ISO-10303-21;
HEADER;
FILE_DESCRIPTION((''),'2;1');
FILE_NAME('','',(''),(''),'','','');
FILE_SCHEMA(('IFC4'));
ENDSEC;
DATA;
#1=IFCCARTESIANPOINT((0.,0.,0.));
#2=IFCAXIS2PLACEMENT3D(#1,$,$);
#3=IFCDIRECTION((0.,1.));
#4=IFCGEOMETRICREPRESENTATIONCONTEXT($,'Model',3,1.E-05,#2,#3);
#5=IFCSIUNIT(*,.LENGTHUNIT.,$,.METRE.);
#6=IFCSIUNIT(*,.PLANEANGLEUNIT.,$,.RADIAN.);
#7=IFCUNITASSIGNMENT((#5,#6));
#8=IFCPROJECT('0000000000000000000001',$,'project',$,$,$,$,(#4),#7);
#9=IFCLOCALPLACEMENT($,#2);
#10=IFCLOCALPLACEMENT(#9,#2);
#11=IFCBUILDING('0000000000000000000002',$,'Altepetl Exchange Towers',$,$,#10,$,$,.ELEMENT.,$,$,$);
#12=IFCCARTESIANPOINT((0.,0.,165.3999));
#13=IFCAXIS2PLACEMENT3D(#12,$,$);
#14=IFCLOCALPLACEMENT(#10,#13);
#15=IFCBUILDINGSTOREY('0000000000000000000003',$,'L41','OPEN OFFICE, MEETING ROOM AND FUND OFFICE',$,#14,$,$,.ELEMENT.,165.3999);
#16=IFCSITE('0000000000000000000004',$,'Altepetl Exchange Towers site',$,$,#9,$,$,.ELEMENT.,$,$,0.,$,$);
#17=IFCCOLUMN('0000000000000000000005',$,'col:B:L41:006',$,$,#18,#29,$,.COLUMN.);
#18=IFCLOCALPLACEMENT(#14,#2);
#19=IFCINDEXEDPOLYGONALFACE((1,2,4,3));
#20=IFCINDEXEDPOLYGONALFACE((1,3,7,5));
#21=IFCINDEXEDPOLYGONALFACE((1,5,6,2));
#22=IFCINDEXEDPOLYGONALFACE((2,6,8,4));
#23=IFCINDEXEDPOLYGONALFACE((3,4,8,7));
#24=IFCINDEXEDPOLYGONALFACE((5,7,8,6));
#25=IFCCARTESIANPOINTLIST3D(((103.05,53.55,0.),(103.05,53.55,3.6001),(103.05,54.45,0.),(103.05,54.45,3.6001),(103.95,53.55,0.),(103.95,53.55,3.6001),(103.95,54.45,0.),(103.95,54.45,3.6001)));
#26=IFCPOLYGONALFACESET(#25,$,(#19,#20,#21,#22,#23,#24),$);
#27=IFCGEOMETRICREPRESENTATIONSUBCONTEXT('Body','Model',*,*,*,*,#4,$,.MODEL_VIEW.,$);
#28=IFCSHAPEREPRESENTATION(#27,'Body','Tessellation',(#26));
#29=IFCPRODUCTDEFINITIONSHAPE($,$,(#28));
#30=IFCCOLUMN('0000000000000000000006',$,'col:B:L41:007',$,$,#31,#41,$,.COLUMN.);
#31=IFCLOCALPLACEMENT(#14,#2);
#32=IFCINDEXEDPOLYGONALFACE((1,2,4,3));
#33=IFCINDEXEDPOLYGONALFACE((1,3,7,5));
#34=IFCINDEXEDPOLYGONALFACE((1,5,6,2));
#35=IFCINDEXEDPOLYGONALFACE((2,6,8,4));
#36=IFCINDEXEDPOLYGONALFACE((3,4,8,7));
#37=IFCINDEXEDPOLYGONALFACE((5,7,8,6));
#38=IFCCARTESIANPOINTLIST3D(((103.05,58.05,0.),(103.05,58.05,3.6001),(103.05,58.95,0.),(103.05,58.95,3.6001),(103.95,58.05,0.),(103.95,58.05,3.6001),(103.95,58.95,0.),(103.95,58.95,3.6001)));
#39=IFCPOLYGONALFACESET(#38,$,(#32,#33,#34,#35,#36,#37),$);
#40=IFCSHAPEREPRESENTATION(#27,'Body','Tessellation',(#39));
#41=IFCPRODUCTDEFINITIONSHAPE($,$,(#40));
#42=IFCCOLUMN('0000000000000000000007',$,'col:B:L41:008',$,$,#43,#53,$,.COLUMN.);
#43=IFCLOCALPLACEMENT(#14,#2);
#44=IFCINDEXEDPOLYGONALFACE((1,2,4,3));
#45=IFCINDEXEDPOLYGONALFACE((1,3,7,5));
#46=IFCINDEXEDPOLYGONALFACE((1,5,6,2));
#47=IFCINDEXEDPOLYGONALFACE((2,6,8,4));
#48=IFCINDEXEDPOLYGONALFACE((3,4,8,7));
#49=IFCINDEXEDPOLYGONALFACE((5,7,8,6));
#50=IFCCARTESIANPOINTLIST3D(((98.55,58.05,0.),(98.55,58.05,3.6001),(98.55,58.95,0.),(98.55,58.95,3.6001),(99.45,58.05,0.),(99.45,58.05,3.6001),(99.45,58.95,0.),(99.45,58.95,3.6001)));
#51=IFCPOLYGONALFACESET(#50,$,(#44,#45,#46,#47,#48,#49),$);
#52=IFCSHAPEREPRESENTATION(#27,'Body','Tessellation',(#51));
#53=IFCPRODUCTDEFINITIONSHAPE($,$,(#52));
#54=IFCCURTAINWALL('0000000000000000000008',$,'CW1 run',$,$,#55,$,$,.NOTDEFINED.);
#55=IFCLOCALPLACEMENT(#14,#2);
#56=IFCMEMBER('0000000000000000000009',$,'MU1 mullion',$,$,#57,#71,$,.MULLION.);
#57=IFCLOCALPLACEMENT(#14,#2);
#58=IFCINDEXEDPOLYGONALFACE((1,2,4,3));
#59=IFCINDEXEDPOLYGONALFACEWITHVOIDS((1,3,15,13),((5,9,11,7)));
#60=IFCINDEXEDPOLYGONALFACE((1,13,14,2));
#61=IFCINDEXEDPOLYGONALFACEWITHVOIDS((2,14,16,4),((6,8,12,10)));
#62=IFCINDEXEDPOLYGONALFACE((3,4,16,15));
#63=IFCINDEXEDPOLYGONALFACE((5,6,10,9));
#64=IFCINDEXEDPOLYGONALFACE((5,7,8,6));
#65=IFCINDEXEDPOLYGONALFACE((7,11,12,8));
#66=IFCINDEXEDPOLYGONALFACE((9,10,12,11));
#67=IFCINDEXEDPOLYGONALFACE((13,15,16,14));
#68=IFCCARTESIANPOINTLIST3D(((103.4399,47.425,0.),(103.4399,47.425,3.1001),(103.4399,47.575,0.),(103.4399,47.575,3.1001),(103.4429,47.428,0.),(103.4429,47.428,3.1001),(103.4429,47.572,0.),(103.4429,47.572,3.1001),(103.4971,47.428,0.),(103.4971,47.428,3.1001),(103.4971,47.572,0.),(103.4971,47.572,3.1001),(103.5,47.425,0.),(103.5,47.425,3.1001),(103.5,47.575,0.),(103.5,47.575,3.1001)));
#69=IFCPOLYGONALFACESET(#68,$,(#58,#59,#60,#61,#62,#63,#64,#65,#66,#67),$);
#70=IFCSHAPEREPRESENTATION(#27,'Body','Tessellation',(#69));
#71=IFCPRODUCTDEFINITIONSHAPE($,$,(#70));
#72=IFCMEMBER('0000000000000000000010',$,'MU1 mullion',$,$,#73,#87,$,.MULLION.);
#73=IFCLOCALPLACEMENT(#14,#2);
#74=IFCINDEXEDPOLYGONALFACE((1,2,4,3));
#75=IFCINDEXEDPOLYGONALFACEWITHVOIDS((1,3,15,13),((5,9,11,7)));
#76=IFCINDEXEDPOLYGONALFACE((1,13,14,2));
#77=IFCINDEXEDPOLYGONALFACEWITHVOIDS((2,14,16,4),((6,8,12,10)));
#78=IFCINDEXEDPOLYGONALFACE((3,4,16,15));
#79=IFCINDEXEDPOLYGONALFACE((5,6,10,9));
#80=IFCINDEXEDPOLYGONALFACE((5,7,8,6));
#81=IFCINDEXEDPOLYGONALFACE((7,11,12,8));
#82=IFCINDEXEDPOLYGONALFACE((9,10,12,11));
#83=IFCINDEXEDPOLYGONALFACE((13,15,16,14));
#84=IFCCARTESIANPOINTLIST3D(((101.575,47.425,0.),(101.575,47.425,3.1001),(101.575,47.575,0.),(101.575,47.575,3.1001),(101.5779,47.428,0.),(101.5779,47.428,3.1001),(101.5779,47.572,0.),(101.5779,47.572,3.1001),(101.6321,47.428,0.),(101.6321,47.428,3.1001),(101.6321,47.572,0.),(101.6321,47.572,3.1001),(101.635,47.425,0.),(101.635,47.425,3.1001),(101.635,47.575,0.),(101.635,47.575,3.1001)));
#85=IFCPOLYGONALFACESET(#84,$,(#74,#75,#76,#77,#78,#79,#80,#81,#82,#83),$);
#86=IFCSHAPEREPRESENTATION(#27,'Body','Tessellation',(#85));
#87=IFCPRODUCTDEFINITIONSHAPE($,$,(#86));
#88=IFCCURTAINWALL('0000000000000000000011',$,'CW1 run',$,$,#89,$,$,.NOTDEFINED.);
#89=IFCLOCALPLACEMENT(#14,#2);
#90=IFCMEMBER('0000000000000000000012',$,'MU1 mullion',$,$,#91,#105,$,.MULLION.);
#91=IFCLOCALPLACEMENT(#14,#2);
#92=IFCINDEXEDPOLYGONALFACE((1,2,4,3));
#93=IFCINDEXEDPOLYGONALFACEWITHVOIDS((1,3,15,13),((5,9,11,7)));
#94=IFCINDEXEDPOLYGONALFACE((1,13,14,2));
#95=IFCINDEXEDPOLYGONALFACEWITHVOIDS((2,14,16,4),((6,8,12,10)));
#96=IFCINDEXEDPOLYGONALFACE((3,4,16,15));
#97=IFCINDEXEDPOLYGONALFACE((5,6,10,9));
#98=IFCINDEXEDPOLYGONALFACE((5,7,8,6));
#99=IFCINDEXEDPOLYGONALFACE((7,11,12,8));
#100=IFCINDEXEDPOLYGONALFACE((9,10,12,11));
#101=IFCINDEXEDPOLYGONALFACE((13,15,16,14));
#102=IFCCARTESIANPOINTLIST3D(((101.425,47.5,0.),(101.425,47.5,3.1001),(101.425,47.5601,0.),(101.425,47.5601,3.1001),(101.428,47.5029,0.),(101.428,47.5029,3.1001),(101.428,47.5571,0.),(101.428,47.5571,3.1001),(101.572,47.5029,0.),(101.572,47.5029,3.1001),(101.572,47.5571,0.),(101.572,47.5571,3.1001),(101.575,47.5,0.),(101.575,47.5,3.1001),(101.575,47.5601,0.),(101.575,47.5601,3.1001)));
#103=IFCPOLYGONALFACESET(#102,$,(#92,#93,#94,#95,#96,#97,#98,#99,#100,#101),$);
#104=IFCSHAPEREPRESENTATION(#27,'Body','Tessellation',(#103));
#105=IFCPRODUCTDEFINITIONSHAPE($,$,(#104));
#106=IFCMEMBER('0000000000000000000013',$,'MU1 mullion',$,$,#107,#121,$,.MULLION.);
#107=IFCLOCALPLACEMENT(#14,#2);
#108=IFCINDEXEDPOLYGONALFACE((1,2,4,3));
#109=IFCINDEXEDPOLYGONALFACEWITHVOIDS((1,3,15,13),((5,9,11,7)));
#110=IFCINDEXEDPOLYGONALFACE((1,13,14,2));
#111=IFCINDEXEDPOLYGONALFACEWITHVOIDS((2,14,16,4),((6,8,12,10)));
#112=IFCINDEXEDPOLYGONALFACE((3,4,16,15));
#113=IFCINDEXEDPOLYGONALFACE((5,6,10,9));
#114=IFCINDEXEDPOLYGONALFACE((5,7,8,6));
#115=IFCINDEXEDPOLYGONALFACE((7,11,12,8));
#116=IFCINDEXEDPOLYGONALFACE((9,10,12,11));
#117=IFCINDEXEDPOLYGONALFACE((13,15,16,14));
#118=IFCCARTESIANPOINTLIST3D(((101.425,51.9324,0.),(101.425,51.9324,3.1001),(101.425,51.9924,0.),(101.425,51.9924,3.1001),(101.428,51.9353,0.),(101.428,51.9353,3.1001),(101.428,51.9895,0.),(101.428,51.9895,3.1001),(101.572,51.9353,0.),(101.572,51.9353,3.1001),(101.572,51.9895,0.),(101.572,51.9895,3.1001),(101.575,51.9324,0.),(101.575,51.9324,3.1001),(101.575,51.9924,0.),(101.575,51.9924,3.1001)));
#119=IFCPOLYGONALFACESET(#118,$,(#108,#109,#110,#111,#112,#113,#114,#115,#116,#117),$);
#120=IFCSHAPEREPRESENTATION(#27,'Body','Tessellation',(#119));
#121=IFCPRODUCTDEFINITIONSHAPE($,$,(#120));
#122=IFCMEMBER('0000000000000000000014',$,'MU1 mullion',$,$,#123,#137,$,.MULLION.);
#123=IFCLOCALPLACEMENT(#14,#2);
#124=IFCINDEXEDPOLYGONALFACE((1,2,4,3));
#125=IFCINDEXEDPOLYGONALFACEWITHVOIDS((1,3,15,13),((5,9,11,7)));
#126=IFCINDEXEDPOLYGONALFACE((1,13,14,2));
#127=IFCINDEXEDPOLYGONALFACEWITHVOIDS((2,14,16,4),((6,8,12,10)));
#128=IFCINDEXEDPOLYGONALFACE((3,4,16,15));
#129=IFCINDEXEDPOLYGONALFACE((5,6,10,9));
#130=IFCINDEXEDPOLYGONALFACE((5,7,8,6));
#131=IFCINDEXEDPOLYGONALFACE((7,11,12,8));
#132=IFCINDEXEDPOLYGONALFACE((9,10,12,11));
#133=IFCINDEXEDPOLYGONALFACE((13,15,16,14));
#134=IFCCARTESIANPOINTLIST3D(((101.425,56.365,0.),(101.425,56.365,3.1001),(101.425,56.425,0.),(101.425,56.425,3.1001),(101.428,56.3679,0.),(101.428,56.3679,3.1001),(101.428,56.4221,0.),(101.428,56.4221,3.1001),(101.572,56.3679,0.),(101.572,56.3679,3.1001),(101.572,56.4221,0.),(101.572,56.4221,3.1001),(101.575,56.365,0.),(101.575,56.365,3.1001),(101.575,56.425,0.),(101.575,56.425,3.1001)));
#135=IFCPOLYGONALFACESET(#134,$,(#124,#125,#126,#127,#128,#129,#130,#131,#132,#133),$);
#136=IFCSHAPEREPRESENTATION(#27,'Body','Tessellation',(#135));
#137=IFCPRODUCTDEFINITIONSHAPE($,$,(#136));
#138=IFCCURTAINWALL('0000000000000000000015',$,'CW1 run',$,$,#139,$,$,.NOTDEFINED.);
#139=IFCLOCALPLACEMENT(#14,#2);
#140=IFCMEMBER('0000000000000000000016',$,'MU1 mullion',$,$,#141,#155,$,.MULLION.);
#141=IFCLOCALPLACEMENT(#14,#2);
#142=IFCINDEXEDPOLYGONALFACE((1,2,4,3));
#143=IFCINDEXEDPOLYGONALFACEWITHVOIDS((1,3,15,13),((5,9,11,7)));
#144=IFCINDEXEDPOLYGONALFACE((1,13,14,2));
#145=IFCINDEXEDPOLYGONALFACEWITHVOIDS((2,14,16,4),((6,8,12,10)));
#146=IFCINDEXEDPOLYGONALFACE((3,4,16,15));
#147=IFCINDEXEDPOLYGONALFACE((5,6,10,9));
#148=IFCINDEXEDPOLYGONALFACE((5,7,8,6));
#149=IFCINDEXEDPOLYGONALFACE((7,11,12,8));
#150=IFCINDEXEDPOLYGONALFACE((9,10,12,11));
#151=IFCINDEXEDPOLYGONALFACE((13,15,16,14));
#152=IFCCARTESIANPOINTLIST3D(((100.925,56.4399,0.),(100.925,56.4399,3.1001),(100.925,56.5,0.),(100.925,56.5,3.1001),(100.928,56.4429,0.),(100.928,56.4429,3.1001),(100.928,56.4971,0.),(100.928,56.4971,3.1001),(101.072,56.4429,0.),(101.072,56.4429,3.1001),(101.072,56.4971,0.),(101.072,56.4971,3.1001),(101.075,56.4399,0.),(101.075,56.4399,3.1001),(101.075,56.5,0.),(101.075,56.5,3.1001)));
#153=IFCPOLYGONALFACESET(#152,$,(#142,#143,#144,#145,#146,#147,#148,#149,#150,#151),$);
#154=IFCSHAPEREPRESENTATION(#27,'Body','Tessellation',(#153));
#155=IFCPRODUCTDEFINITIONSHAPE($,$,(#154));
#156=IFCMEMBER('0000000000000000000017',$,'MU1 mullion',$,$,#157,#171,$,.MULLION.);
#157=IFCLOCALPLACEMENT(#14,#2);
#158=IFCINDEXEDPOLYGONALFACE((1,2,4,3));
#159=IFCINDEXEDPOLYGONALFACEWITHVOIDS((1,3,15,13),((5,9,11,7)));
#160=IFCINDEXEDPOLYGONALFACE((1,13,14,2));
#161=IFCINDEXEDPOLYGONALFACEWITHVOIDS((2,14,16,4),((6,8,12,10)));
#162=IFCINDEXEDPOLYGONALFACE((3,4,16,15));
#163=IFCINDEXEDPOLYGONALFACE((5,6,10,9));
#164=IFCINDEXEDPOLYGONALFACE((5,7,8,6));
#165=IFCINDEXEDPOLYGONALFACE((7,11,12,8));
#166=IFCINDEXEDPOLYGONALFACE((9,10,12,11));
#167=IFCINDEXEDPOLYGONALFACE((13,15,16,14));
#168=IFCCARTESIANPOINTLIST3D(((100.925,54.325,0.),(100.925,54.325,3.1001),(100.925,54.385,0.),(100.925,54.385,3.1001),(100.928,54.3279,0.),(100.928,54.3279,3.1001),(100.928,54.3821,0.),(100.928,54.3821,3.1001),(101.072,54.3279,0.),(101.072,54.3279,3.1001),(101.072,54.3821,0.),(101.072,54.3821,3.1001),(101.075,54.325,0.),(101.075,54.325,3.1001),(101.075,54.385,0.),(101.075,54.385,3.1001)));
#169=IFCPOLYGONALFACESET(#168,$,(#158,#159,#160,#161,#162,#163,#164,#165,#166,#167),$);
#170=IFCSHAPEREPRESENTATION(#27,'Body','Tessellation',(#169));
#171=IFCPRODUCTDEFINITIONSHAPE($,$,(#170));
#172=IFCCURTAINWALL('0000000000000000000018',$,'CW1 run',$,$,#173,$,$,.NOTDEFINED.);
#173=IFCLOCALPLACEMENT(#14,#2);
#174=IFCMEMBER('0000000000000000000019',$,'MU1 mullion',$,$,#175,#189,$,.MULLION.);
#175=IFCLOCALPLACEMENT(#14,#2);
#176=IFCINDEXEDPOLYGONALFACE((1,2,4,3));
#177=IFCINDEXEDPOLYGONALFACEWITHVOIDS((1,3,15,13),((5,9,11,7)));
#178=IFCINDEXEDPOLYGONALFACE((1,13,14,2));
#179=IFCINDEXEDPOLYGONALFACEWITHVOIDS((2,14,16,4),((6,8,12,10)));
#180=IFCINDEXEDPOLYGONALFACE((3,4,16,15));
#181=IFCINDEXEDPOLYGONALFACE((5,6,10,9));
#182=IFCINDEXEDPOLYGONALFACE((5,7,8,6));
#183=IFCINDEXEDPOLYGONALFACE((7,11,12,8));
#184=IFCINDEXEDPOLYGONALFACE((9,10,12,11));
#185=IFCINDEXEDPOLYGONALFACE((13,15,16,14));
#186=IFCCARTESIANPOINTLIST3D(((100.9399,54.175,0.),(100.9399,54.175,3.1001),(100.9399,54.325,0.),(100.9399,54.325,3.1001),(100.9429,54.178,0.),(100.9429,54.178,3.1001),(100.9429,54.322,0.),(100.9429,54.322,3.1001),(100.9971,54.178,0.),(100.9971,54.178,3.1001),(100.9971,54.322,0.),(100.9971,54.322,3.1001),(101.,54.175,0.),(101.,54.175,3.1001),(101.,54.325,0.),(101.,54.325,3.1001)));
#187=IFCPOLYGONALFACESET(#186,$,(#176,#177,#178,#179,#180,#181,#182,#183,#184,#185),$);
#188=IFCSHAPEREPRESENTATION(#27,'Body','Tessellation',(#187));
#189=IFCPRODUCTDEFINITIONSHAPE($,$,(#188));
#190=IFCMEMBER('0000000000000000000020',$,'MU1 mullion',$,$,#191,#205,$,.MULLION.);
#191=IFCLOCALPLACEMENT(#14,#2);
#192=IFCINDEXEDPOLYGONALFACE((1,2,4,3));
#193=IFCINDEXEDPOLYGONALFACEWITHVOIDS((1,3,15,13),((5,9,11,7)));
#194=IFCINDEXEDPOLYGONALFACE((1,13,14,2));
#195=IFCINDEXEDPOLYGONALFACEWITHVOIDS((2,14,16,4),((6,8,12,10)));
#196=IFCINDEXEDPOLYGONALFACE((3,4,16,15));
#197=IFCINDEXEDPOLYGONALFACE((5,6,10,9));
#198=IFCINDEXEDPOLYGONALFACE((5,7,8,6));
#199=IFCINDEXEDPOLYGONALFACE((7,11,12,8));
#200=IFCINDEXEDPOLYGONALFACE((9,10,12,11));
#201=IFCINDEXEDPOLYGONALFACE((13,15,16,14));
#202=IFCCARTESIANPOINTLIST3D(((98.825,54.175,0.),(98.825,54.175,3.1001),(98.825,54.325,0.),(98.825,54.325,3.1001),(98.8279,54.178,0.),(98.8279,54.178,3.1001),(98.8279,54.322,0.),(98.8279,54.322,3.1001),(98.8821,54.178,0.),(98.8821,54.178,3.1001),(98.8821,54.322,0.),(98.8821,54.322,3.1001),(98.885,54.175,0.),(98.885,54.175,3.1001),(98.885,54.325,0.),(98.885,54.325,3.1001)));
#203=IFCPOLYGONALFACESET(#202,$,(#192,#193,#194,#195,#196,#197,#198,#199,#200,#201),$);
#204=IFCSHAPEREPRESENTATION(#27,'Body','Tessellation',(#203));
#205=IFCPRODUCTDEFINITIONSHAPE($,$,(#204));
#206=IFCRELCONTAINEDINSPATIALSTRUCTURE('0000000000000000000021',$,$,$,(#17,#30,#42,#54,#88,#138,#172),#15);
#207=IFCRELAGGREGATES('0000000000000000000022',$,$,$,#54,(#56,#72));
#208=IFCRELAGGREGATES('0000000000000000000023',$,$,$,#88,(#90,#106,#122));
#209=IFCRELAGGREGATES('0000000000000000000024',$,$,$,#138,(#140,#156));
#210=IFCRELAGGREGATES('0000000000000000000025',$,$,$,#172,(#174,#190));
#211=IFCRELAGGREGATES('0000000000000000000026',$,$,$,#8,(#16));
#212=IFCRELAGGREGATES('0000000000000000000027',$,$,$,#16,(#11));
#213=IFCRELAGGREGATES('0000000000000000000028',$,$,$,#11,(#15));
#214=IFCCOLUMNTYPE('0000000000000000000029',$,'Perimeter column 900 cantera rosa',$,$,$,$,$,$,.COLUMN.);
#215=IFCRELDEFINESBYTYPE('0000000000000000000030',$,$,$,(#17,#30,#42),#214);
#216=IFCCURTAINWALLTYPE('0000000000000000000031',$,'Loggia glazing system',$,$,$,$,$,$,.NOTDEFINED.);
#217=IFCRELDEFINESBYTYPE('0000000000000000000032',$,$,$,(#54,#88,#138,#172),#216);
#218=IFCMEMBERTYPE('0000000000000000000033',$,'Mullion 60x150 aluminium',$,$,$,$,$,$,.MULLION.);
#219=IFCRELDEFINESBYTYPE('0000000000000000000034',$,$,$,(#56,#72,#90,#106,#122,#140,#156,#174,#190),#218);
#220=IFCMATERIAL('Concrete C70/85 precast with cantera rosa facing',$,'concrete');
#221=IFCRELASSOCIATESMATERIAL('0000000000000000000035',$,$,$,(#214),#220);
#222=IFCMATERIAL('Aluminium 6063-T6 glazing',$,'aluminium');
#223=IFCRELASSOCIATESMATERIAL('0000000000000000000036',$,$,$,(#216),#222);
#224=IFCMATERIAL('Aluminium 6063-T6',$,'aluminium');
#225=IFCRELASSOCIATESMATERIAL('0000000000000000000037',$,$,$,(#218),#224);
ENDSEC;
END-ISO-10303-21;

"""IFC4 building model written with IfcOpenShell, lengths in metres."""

from ifc_helpers import new_model, si_unit, direction, frame, origin, origin_2d, place, context, subcontext, project, spatial, rectangle, hollow_rectangle, extrude, material, material_profile, profile_set, type_object, element, aggregate, save


model = new_model("IFC4")

# Units and contexts
model_context = context("Model", 3, precision=1e-05, world=origin(), true_north=direction((0.0, 1.0)))
body_context = subcontext(model_context, "Body", "Model", "MODEL_VIEW")
ifc_project = project(units=[si_unit("LENGTHUNIT", "METRE"), si_unit("PLANEANGLEUNIT", "RADIAN")], contexts=[model_context])

# Site, building, storey
site_placement = place(None, origin())
site = spatial("IfcSite", under=ifc_project, at=site_placement, Name="Altepetl Exchange Towers site", CompositionType="ELEMENT", RefElevation=0.0)
building_placement = place(site_placement, origin())
building = spatial("IfcBuilding", under=site, at=building_placement, Name="Altepetl Exchange Towers", CompositionType="ELEMENT")
storey_placement = place(building_placement, frame((0.0, 0.0, 165.3999)))
storey = spatial("IfcBuildingStorey", under=building, at=storey_placement, Name="L41", Description="OPEN OFFICE, MEETING ROOM AND FUND OFFICE", CompositionType="ELEMENT", Elevation=165.3999)

# Columns
ifc_material_1 = material(Name="Concrete C70/85 precast with cantera rosa facing", Category="concrete")
ifc_material_profile_1 = material_profile(ifc_material_1, rectangle(XDim=0.8999, YDim=0.8999, at=origin_2d()), Name="900 x 900")
ifc_profile_set_1 = profile_set([ifc_material_profile_1], Name="Concrete C70/85 precast with cantera rosa facing")
column_type = type_object("IfcColumnType", Name="Perimeter column 900 cantera rosa", PredefinedType="COLUMN", material=ifc_profile_set_1)
for number, where, name in (
    (1, (103.5, 54.0, 0.0), "col:B:L41:006"),
    (2, (103.5, 58.5, 0.0), "col:B:L41:007"),
    (3, (99.0, 58.5, 0.0), "col:B:L41:008"),
):
    element("IfcColumn", number, at=place(storey_placement, frame(where)), inside=storey, type_object=column_type, Name=name, PredefinedType="COLUMN", context=body_context, shape_type="SweptSolid", body=[
        extrude(rectangle(XDim=0.8999, YDim=0.8999, at=origin_2d()), origin(), (0.0, 0.0, 1.0), 3.6001),
    ])

# Curtain walls, members
ifc_material_2 = material(Name="Aluminium 6063-T6 glazing", Category="aluminium")
curtain_wall_type = type_object("IfcCurtainWallType", Name="Loggia glazing system", PredefinedType="NOTDEFINED", material=ifc_material_2)
curtain_wall_1_placement = place(storey_placement, origin())
curtain_wall_1 = element("IfcCurtainWall", 4, at=curtain_wall_1_placement, inside=storey, type_object=curtain_wall_type, Name="CW1 run", PredefinedType="NOTDEFINED")
ifc_material_3 = material(Name="Aluminium 6063-T6", Category="aluminium")
ifc_material_profile_2 = material_profile(ifc_material_3, hollow_rectangle(XDim=0.0601, YDim=0.1499, WallThickness=0.0029, at=origin_2d()), Name="Mullion 60x150 aluminium")
ifc_profile_set_2 = profile_set([ifc_material_profile_2], Name="Aluminium 6063-T6")
member_type = type_object("IfcMemberType", Name="Mullion 60x150 aluminium", PredefinedType="MULLION", material=ifc_profile_set_2)
member_1_placement = place(storey_placement, frame((103.47, 47.5, 0.0), z_axis=(0.0, 0.0, 1.0), x_axis=(-1.0, 0.0, 0.0)))
member_1 = element("IfcMember", 5, at=member_1_placement, type_object=member_type, Name="MU1 mullion", PredefinedType="MULLION", context=body_context, shape_type="SweptSolid", body=[
    extrude(hollow_rectangle(XDim=0.0601, YDim=0.1499, WallThickness=0.0029, at=origin_2d()), origin(), (0.0, 0.0, 1.0), 3.1001),
])
member_2_placement = place(storey_placement, frame((101.605, 47.5, 0.0), z_axis=(0.0, 0.0, 1.0), x_axis=(-1.0, 0.0, 0.0)))
member_2 = element("IfcMember", 6, at=member_2_placement, type_object=member_type, Name="MU1 mullion", PredefinedType="MULLION", context=body_context, shape_type="SweptSolid", body=[
    extrude(hollow_rectangle(XDim=0.0601, YDim=0.1499, WallThickness=0.0029, at=origin_2d()), origin(), (0.0, 0.0, 1.0), 3.1001),
])
curtain_wall_2_placement = place(storey_placement, origin())
curtain_wall_2 = element("IfcCurtainWall", 7, at=curtain_wall_2_placement, inside=storey, type_object=curtain_wall_type, Name="CW1 run", PredefinedType="NOTDEFINED")
member_3_placement = place(storey_placement, frame((101.5, 47.53, 0.0), z_axis=(0.0, 0.0, 1.0), x_axis=(0.0, 1.0, 0.0)))
member_3 = element("IfcMember", 8, at=member_3_placement, type_object=member_type, Name="MU1 mullion", PredefinedType="MULLION", context=body_context, shape_type="SweptSolid", body=[
    extrude(hollow_rectangle(XDim=0.0601, YDim=0.1499, WallThickness=0.0029, at=origin_2d()), origin(), (0.0, 0.0, 1.0), 3.1001),
])
member_4_placement = place(storey_placement, frame((101.5, 51.9624, 0.0), z_axis=(0.0, 0.0, 1.0), x_axis=(0.0, 1.0, 0.0)))
member_4 = element("IfcMember", 9, at=member_4_placement, type_object=member_type, Name="MU1 mullion", PredefinedType="MULLION", context=body_context, shape_type="SweptSolid", body=[
    extrude(hollow_rectangle(XDim=0.0601, YDim=0.1499, WallThickness=0.0029, at=origin_2d()), origin(), (0.0, 0.0, 1.0), 3.1001),
])
member_5_placement = place(storey_placement, frame((101.5, 56.395, 0.0), z_axis=(0.0, 0.0, 1.0), x_axis=(0.0, 1.0, 0.0)))
member_5 = element("IfcMember", 10, at=member_5_placement, type_object=member_type, Name="MU1 mullion", PredefinedType="MULLION", context=body_context, shape_type="SweptSolid", body=[
    extrude(hollow_rectangle(XDim=0.0601, YDim=0.1499, WallThickness=0.0029, at=origin_2d()), origin(), (0.0, 0.0, 1.0), 3.1001),
])
curtain_wall_3_placement = place(storey_placement, origin())
curtain_wall_3 = element("IfcCurtainWall", 11, at=curtain_wall_3_placement, inside=storey, type_object=curtain_wall_type, Name="CW1 run", PredefinedType="NOTDEFINED")
member_6_placement = place(storey_placement, frame((101.0, 56.47, 0.0), z_axis=(0.0, 0.0, 1.0), x_axis=(0.0, -1.0, 0.0)))
member_6 = element("IfcMember", 12, at=member_6_placement, type_object=member_type, Name="MU1 mullion", PredefinedType="MULLION", context=body_context, shape_type="SweptSolid", body=[
    extrude(hollow_rectangle(XDim=0.0601, YDim=0.1499, WallThickness=0.0029, at=origin_2d()), origin(), (0.0, 0.0, 1.0), 3.1001),
])
member_7_placement = place(storey_placement, frame((101.0, 54.355, 0.0), z_axis=(0.0, 0.0, 1.0), x_axis=(0.0, -1.0, 0.0)))
member_7 = element("IfcMember", 13, at=member_7_placement, type_object=member_type, Name="MU1 mullion", PredefinedType="MULLION", context=body_context, shape_type="SweptSolid", body=[
    extrude(hollow_rectangle(XDim=0.0601, YDim=0.1499, WallThickness=0.0029, at=origin_2d()), origin(), (0.0, 0.0, 1.0), 3.1001),
])
curtain_wall_4_placement = place(storey_placement, origin())
curtain_wall_4 = element("IfcCurtainWall", 14, at=curtain_wall_4_placement, inside=storey, type_object=curtain_wall_type, Name="CW1 run", PredefinedType="NOTDEFINED")
member_8_placement = place(storey_placement, frame((100.97, 54.25, 0.0), z_axis=(0.0, 0.0, 1.0), x_axis=(-1.0, 0.0, 0.0)))
member_8 = element("IfcMember", 15, at=member_8_placement, type_object=member_type, Name="MU1 mullion", PredefinedType="MULLION", context=body_context, shape_type="SweptSolid", body=[
    extrude(hollow_rectangle(XDim=0.0601, YDim=0.1499, WallThickness=0.0029, at=origin_2d()), origin(), (0.0, 0.0, 1.0), 3.1001),
])
member_9_placement = place(storey_placement, frame((98.855, 54.25, 0.0), z_axis=(0.0, 0.0, 1.0), x_axis=(-1.0, 0.0, 0.0)))
member_9 = element("IfcMember", 16, at=member_9_placement, type_object=member_type, Name="MU1 mullion", PredefinedType="MULLION", context=body_context, shape_type="SweptSolid", body=[
    extrude(hollow_rectangle(XDim=0.0601, YDim=0.1499, WallThickness=0.0029, at=origin_2d()), origin(), (0.0, 0.0, 1.0), 3.1001),
])

aggregate(curtain_wall_1, [member_1, member_2])
aggregate(curtain_wall_2, [member_3, member_4, member_5])
aggregate(curtain_wall_3, [member_6, member_7])
aggregate(curtain_wall_4, [member_8, member_9])

save(model, "model.ifc")
